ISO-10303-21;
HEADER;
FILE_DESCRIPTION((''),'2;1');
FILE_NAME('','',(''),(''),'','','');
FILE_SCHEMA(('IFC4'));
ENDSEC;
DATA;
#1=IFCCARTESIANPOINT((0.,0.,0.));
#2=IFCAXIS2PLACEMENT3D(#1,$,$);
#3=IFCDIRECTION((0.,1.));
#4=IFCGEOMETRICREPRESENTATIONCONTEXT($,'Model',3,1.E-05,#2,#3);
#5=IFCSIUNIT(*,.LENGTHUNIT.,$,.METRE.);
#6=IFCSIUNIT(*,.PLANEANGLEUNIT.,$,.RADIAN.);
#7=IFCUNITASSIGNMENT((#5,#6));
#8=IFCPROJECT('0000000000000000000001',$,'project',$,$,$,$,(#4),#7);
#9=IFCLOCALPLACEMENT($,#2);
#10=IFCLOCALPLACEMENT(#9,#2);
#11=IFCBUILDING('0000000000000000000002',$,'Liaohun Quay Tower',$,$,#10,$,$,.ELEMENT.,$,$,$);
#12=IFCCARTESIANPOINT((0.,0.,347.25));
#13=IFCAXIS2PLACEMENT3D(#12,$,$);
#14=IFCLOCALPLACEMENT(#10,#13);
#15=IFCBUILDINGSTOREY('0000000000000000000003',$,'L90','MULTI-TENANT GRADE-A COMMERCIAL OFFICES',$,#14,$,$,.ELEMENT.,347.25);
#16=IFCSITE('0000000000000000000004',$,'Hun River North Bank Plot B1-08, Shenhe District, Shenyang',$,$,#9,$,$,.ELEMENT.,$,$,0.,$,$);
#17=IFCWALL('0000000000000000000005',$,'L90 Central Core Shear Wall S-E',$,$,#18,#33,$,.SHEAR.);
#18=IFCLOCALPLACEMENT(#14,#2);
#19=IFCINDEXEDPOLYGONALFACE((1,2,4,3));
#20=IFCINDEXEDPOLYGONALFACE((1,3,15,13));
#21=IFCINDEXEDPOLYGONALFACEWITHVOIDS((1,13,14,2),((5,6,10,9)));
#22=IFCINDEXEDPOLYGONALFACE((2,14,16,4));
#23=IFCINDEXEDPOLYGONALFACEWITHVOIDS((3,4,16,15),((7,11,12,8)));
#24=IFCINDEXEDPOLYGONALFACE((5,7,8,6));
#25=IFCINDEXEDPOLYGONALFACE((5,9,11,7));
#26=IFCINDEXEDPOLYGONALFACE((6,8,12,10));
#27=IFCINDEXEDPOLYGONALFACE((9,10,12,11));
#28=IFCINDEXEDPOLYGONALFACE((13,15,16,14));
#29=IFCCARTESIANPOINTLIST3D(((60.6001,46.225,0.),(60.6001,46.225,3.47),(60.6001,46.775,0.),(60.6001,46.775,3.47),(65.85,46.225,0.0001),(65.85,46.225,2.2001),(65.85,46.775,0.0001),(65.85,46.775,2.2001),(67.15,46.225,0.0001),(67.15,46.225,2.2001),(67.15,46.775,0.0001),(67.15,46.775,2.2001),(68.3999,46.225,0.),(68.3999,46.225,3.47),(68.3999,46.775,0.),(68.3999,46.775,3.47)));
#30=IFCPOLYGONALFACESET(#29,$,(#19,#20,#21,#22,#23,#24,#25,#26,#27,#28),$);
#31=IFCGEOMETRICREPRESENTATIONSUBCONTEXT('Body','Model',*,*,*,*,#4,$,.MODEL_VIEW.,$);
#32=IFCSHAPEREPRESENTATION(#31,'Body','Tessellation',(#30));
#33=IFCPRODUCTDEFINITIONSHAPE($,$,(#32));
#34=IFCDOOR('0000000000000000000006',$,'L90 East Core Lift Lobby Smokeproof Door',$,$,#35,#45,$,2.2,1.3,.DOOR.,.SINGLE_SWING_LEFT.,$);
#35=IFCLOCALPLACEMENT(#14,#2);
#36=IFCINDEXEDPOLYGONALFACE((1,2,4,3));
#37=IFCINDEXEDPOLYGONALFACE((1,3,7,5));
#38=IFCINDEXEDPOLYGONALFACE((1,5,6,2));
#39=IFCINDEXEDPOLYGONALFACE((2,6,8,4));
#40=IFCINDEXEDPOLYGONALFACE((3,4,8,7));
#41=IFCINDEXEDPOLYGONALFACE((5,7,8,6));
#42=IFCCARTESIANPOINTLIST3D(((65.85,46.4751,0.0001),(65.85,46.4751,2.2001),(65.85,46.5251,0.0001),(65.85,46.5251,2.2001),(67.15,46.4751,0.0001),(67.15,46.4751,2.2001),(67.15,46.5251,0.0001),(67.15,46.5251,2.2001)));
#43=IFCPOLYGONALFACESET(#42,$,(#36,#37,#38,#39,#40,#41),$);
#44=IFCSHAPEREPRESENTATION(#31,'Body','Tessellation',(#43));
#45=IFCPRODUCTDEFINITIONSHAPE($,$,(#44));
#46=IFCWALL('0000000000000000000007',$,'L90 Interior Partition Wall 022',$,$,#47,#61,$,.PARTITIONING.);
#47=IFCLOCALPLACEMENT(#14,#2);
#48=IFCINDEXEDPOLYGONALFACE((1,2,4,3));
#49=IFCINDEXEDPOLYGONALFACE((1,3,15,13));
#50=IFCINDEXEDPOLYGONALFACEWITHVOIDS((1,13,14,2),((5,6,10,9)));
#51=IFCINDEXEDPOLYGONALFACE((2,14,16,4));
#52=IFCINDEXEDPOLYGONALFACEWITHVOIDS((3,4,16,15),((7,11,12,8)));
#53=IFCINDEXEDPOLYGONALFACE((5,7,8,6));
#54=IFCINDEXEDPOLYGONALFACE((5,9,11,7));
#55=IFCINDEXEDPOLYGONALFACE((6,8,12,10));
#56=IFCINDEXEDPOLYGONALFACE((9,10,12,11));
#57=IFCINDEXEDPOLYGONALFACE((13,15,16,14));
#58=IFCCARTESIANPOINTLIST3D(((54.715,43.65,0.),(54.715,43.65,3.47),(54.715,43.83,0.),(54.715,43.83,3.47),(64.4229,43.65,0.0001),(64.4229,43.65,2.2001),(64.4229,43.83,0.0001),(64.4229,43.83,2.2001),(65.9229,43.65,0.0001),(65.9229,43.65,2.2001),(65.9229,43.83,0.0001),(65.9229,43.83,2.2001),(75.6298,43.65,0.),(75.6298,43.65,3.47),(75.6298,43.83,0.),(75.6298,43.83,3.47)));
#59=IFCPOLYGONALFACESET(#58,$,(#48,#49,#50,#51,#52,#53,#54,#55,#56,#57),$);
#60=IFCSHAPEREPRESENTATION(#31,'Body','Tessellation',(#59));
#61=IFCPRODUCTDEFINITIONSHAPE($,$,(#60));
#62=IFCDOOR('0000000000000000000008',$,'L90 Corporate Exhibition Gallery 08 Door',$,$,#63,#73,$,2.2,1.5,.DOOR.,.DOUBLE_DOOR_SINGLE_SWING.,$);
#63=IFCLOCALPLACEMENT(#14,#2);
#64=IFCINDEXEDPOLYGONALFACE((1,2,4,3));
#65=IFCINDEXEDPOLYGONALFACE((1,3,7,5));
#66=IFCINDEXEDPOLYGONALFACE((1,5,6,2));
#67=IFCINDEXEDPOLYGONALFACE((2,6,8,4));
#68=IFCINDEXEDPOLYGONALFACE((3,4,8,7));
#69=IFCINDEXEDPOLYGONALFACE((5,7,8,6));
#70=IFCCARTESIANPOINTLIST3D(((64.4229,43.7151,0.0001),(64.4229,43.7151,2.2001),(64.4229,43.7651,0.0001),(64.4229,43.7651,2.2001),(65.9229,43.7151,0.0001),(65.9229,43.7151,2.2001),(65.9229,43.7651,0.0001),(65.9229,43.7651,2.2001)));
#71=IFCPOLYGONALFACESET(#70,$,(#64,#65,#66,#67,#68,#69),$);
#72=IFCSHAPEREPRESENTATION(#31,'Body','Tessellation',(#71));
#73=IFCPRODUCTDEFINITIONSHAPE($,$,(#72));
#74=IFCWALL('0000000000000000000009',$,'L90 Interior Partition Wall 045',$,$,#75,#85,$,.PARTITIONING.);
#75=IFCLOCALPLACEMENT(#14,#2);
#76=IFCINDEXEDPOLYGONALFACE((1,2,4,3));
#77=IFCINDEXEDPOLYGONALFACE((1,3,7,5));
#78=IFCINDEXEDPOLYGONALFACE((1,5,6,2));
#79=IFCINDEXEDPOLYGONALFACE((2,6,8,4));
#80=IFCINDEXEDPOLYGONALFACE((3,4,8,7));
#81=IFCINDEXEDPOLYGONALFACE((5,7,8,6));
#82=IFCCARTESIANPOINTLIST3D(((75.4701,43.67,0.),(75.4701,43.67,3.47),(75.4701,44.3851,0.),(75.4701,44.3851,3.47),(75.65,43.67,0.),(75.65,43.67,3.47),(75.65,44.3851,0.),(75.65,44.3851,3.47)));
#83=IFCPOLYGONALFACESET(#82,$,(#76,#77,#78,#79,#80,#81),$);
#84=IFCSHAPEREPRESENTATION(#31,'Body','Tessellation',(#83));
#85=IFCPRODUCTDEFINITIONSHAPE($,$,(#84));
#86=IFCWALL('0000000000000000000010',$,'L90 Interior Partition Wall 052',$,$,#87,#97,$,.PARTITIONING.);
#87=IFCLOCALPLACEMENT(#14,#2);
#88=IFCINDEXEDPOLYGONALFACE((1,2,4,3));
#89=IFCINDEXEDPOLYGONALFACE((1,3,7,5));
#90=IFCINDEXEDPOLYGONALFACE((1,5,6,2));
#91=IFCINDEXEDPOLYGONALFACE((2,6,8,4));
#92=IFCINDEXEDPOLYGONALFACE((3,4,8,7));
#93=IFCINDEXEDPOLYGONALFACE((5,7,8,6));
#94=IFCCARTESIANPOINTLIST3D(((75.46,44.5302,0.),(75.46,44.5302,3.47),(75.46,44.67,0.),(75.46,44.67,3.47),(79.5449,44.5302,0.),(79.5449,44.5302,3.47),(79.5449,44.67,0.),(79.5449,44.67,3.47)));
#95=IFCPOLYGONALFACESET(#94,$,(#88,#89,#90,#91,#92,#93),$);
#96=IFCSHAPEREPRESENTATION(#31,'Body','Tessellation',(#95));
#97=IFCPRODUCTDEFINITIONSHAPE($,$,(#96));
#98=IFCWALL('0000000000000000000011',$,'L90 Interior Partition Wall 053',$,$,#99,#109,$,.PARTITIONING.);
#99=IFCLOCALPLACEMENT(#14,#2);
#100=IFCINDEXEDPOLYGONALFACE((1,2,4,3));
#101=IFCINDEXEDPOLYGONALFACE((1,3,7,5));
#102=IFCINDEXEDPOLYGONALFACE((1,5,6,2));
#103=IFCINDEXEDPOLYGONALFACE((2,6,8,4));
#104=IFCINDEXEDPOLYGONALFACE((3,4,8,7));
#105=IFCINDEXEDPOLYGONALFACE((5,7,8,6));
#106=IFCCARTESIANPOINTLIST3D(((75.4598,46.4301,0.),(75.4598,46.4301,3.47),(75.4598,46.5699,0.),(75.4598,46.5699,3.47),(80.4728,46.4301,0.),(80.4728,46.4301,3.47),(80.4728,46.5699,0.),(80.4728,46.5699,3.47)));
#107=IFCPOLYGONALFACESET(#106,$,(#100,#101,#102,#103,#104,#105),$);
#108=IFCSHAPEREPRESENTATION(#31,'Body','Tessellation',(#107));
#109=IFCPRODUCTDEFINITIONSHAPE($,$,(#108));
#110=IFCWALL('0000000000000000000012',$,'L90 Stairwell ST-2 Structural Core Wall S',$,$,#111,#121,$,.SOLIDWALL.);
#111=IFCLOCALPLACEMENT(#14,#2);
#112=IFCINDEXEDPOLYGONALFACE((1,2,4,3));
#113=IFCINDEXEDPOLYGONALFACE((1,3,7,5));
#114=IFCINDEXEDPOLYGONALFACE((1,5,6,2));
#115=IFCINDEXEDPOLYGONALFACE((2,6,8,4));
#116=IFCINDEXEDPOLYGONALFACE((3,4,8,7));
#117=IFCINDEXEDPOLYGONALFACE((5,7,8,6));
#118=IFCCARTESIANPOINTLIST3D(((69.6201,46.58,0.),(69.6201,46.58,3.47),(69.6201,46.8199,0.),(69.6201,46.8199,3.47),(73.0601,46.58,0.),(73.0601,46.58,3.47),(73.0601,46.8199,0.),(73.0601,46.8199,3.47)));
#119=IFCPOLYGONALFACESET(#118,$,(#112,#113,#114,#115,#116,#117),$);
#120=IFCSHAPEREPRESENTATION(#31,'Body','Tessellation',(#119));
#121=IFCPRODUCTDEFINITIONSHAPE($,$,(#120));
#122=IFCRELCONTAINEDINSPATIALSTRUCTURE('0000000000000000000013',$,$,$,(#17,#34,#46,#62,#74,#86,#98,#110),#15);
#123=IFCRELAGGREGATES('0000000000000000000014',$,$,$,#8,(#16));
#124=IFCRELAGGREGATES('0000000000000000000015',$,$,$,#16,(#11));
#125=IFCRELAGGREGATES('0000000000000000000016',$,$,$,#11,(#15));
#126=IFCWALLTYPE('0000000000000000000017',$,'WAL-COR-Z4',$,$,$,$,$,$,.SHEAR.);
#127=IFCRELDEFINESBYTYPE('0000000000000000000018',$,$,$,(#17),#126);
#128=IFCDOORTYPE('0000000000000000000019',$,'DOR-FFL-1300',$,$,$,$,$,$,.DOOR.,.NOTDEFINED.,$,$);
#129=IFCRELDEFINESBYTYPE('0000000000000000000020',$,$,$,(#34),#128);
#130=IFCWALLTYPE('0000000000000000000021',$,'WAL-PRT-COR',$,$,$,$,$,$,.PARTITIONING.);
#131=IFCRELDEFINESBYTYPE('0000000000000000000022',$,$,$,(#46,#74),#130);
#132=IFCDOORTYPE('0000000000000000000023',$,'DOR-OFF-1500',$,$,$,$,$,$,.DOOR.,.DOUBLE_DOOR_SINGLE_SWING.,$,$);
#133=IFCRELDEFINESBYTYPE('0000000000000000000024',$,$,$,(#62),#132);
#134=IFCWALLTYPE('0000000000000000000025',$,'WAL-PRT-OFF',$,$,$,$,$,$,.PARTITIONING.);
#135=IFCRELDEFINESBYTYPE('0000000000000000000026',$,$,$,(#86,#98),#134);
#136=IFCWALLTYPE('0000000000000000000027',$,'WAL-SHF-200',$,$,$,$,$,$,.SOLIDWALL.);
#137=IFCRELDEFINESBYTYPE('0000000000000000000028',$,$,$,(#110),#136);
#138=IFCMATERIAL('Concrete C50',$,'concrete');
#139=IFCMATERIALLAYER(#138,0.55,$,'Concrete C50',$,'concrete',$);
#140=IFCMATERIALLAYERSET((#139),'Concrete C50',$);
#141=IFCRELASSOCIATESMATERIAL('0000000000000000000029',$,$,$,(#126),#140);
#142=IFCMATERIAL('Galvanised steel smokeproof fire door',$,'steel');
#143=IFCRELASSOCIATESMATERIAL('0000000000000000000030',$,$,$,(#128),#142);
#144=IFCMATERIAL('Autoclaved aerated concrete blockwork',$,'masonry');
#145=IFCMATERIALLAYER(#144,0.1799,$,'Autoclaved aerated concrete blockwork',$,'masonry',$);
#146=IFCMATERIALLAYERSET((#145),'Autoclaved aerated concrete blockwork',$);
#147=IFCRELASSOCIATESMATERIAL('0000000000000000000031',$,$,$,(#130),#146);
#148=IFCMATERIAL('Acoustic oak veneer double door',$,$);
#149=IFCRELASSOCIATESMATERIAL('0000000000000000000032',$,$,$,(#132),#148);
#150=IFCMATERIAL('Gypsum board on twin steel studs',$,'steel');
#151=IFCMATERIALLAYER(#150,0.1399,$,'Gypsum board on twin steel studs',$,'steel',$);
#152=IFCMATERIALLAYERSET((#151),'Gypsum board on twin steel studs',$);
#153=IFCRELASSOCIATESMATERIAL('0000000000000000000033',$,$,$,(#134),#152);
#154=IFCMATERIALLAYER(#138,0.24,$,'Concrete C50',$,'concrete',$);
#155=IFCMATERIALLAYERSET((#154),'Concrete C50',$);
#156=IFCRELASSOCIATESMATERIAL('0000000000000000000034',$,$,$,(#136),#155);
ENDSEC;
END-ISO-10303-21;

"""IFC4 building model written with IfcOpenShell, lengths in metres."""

from ifc_helpers import new_model, si_unit, direction, frame, frame_2d, origin, place, context, subcontext, project, spatial, rectangle, extrude, source, transform, mapped, material, layer, layer_set, type_object, element, fill, save


model = new_model("IFC4")

# Units and contexts
model_context = context("Model", 3, precision=1e-05, world=origin(), true_north=direction((0.0, 1.0)))
body_context = subcontext(model_context, "Body", "Model", "MODEL_VIEW")
ifc_project = project(units=[si_unit("LENGTHUNIT", "METRE"), si_unit("PLANEANGLEUNIT", "RADIAN")], contexts=[model_context])

# Site, building, storey
site_placement = place(None, origin())
site = spatial("IfcSite", under=ifc_project, at=site_placement, Name="Hun River North Bank Plot B1-08, Shenhe District, Shenyang", CompositionType="ELEMENT", RefElevation=0.0)
building_placement = place(site_placement, origin())
building = spatial("IfcBuilding", under=site, at=building_placement, Name="Liaohun Quay Tower", CompositionType="ELEMENT")
storey_placement = place(building_placement, frame((0.0, 0.0, 347.25)))
storey = spatial("IfcBuildingStorey", under=building, at=storey_placement, Name="L90", Description="MULTI-TENANT GRADE-A COMMERCIAL OFFICES", CompositionType="ELEMENT", Elevation=347.25)

# Shared definitions
ifc_material_1 = material(Name="Concrete C50", Category="concrete")

# Walls, openings, doors
ifc_layer_1 = layer(ifc_material_1, 0.55, Name="Concrete C50", Category="concrete")
ifc_layer_set_1 = layer_set([ifc_layer_1], Name="Concrete C50")
wall_type_1 = type_object("IfcWallType", Name="WAL-COR-Z4", PredefinedType="SHEAR", material=ifc_layer_set_1)
wall_1_placement = place(storey_placement, frame((68.3999, 46.5, 0.0), z_axis=(0.0, 0.0, 1.0), x_axis=(-1.0, 0.0, 0.0)))
wall_1 = element("IfcWall", 1, at=wall_1_placement, inside=storey, type_object=wall_type_1, Name="L90 Central Core Shear Wall S-E", PredefinedType="SHEAR", context=body_context, shape_type="SweptSolid", body=[
    extrude(rectangle(XDim=7.7998, YDim=0.55, at=frame_2d((3.8999, 0.0))), origin(), (0.0, 0.0, 1.0), 3.47),
])
shared_shape_1 = source(origin(), body_context, "Body", "SweptSolid", [
    extrude(rectangle(XDim=1.3, YDim=2.2, at=frame_2d((0.6499, 1.1001))), frame((0.0, 0.2849, 0.0), z_axis=(0.0, -1.0, 0.0), x_axis=(1.0, 0.0, 0.0)), (0.0, 0.0, 1.0), 0.5701),
])
opening_1_placement = place(wall_1_placement, frame((1.25, 0.0, 0.0)))
opening_1 = element("IfcOpeningElement", 2, at=opening_1_placement, cuts=wall_1, PredefinedType="OPENING", context=body_context, shape_type="MappedRepresentation", body=[
    mapped(shared_shape_1, transform((0.0, 0.0, 0.0), x_axis=(1.0, 0.0, 0.0), y_axis=(0.0, 1.0, 0.0), z_axis=(0.0, 0.0, 1.0), scale=1.0)),
])
ifc_material_2 = material(Name="Galvanised steel smokeproof fire door", Category="steel")
door_type_1 = type_object("IfcDoorType", Name="DOR-FFL-1300", OperationType="NOTDEFINED", PredefinedType="DOOR", material=ifc_material_2)
shared_shape_2 = source(origin(), body_context, "Body", "SweptSolid", [
    extrude(rectangle(XDim=1.3, YDim=2.2, at=frame_2d((0.6499, 1.1001))), frame((0.0, 0.0249, 0.0), z_axis=(0.0, -1.0, 0.0), x_axis=(1.0, 0.0, 0.0)), (0.0, 0.0, 1.0), 0.05),
])
door_1_placement = place(opening_1_placement, origin())
door_1 = element("IfcDoor", 3, at=door_1_placement, inside=storey, type_object=door_type_1, Name="L90 East Core Lift Lobby Smokeproof Door", OperationType="SINGLE_SWING_LEFT", OverallHeight=2.2, OverallWidth=1.3, PredefinedType="DOOR", context=body_context, shape_type="MappedRepresentation", body=[
    mapped(shared_shape_2, transform((0.0, 0.0, 0.0), x_axis=(1.0, 0.0, 0.0), y_axis=(0.0, 1.0, 0.0), z_axis=(0.0, 0.0, 1.0), scale=1.0)),
])
fill(opening_1, door_1)
ifc_material_3 = material(Name="Autoclaved aerated concrete blockwork", Category="masonry")
ifc_layer_2 = layer(ifc_material_3, 0.1799, Name="Autoclaved aerated concrete blockwork", Category="masonry")
ifc_layer_set_2 = layer_set([ifc_layer_2], Name="Autoclaved aerated concrete blockwork")
wall_type_2 = type_object("IfcWallType", Name="WAL-PRT-COR", PredefinedType="PARTITIONING", material=ifc_layer_set_2)
wall_2_placement = place(storey_placement, frame((75.6299, 43.74, 0.0), z_axis=(0.0, 0.0, 1.0), x_axis=(-1.0, 0.0, 0.0)))
wall_2 = element("IfcWall", 4, at=wall_2_placement, inside=storey, type_object=wall_type_2, Name="L90 Interior Partition Wall 022", PredefinedType="PARTITIONING", context=body_context, shape_type="SweptSolid", body=[
    extrude(rectangle(XDim=20.9148, YDim=0.1799, at=frame_2d((10.4575, 0.0))), origin(), (0.0, 0.0, 1.0), 3.47),
])
shared_shape_3 = source(origin(), body_context, "Body", "SweptSolid", [
    extrude(rectangle(XDim=1.5, YDim=2.2, at=frame_2d((0.75, 1.1001))), frame((0.0, 0.0999, 0.0), z_axis=(0.0, -1.0, 0.0), x_axis=(1.0, 0.0, 0.0)), (0.0, 0.0, 1.0), 0.2),
])
opening_2_placement = place(wall_2_placement, frame((9.707, 0.0, 0.0)))
opening_2 = element("IfcOpeningElement", 5, at=opening_2_placement, cuts=wall_2, PredefinedType="OPENING", context=body_context, shape_type="MappedRepresentation", body=[
    mapped(shared_shape_3, transform((0.0, 0.0, 0.0), x_axis=(1.0, 0.0, 0.0), y_axis=(0.0, 1.0, 0.0), z_axis=(0.0, 0.0, 1.0), scale=1.0)),
])
ifc_material_4 = material(Name="Acoustic oak veneer double door")
door_type_2 = type_object("IfcDoorType", Name="DOR-OFF-1500", OperationType="DOUBLE_DOOR_SINGLE_SWING", PredefinedType="DOOR", material=ifc_material_4)
shared_shape_4 = source(origin(), body_context, "Body", "SweptSolid", [
    extrude(rectangle(XDim=1.5, YDim=2.2, at=frame_2d((0.75, 1.1001))), frame((0.0, 0.0249, 0.0), z_axis=(0.0, -1.0, 0.0), x_axis=(1.0, 0.0, 0.0)), (0.0, 0.0, 1.0), 0.05),
])
door_2_placement = place(opening_2_placement, origin())
door_2 = element("IfcDoor", 6, at=door_2_placement, inside=storey, type_object=door_type_2, Name="L90 Corporate Exhibition Gallery 08 Door", OperationType="DOUBLE_DOOR_SINGLE_SWING", OverallHeight=2.2, OverallWidth=1.5, PredefinedType="DOOR", context=body_context, shape_type="MappedRepresentation", body=[
    mapped(shared_shape_4, transform((0.0, 0.0, 0.0), x_axis=(1.0, 0.0, 0.0), y_axis=(0.0, 1.0, 0.0), z_axis=(0.0, 0.0, 1.0), scale=1.0)),
])
fill(opening_2, door_2)

# Walls
wall_3_placement = place(storey_placement, frame((75.5601, 44.385, 0.0), z_axis=(0.0, 0.0, 1.0), x_axis=(0.0, -1.0, 0.0)))
element("IfcWall", 7, at=wall_3_placement, inside=storey, type_object=wall_type_2, Name="L90 Interior Partition Wall 045", PredefinedType="PARTITIONING", context=body_context, shape_type="SweptSolid", body=[
    extrude(rectangle(XDim=0.7151, YDim=0.1799, at=frame_2d((0.3574, 0.0))), origin(), (0.0, 0.0, 1.0), 3.47),
])
ifc_material_5 = material(Name="Gypsum board on twin steel studs", Category="steel")
ifc_layer_3 = layer(ifc_material_5, 0.1399, Name="Gypsum board on twin steel studs", Category="steel")
ifc_layer_set_3 = layer_set([ifc_layer_3], Name="Gypsum board on twin steel studs")
wall_type_3 = type_object("IfcWallType", Name="WAL-PRT-OFF", PredefinedType="PARTITIONING", material=ifc_layer_set_3)
wall_4_placement = place(storey_placement, frame((75.46, 44.6001, 0.0), z_axis=(0.0, 0.0, 1.0), x_axis=(1.0, 0.0, 0.0)))
element("IfcWall", 8, at=wall_4_placement, inside=storey, type_object=wall_type_3, Name="L90 Interior Partition Wall 052", PredefinedType="PARTITIONING", context=body_context, shape_type="SweptSolid", body=[
    extrude(rectangle(XDim=4.085, YDim=0.1399, at=frame_2d((2.0425, 0.0))), origin(), (0.0, 0.0, 1.0), 3.47),
])
wall_5_placement = place(storey_placement, frame((75.46, 46.5, 0.0), z_axis=(0.0, 0.0, 1.0), x_axis=(1.0, 0.0, 0.0)))
element("IfcWall", 9, at=wall_5_placement, inside=storey, type_object=wall_type_3, Name="L90 Interior Partition Wall 053", PredefinedType="PARTITIONING", context=body_context, shape_type="SweptSolid", body=[
    extrude(rectangle(XDim=5.0129, YDim=0.1399, at=frame_2d((2.5063, 0.0))), origin(), (0.0, 0.0, 1.0), 3.47),
])
ifc_layer_4 = layer(ifc_material_1, 0.24, Name="Concrete C50", Category="concrete")
ifc_layer_set_4 = layer_set([ifc_layer_4], Name="Concrete C50")
wall_type_4 = type_object("IfcWallType", Name="WAL-SHF-200", PredefinedType="SOLIDWALL", material=ifc_layer_set_4)
wall_6_placement = place(storey_placement, frame((69.6201, 46.7, 0.0), z_axis=(0.0, 0.0, 1.0), x_axis=(1.0, 0.0, 0.0)))
element("IfcWall", 10, at=wall_6_placement, inside=storey, type_object=wall_type_4, Name="L90 Stairwell ST-2 Structural Core Wall S", PredefinedType="SOLIDWALL", context=body_context, shape_type="SweptSolid", body=[
    extrude(rectangle(XDim=3.4399, YDim=0.24, at=frame_2d((1.72, 0.0))), origin(), (0.0, 0.0, 1.0), 3.47),
])

save(model, "model.ifc")
